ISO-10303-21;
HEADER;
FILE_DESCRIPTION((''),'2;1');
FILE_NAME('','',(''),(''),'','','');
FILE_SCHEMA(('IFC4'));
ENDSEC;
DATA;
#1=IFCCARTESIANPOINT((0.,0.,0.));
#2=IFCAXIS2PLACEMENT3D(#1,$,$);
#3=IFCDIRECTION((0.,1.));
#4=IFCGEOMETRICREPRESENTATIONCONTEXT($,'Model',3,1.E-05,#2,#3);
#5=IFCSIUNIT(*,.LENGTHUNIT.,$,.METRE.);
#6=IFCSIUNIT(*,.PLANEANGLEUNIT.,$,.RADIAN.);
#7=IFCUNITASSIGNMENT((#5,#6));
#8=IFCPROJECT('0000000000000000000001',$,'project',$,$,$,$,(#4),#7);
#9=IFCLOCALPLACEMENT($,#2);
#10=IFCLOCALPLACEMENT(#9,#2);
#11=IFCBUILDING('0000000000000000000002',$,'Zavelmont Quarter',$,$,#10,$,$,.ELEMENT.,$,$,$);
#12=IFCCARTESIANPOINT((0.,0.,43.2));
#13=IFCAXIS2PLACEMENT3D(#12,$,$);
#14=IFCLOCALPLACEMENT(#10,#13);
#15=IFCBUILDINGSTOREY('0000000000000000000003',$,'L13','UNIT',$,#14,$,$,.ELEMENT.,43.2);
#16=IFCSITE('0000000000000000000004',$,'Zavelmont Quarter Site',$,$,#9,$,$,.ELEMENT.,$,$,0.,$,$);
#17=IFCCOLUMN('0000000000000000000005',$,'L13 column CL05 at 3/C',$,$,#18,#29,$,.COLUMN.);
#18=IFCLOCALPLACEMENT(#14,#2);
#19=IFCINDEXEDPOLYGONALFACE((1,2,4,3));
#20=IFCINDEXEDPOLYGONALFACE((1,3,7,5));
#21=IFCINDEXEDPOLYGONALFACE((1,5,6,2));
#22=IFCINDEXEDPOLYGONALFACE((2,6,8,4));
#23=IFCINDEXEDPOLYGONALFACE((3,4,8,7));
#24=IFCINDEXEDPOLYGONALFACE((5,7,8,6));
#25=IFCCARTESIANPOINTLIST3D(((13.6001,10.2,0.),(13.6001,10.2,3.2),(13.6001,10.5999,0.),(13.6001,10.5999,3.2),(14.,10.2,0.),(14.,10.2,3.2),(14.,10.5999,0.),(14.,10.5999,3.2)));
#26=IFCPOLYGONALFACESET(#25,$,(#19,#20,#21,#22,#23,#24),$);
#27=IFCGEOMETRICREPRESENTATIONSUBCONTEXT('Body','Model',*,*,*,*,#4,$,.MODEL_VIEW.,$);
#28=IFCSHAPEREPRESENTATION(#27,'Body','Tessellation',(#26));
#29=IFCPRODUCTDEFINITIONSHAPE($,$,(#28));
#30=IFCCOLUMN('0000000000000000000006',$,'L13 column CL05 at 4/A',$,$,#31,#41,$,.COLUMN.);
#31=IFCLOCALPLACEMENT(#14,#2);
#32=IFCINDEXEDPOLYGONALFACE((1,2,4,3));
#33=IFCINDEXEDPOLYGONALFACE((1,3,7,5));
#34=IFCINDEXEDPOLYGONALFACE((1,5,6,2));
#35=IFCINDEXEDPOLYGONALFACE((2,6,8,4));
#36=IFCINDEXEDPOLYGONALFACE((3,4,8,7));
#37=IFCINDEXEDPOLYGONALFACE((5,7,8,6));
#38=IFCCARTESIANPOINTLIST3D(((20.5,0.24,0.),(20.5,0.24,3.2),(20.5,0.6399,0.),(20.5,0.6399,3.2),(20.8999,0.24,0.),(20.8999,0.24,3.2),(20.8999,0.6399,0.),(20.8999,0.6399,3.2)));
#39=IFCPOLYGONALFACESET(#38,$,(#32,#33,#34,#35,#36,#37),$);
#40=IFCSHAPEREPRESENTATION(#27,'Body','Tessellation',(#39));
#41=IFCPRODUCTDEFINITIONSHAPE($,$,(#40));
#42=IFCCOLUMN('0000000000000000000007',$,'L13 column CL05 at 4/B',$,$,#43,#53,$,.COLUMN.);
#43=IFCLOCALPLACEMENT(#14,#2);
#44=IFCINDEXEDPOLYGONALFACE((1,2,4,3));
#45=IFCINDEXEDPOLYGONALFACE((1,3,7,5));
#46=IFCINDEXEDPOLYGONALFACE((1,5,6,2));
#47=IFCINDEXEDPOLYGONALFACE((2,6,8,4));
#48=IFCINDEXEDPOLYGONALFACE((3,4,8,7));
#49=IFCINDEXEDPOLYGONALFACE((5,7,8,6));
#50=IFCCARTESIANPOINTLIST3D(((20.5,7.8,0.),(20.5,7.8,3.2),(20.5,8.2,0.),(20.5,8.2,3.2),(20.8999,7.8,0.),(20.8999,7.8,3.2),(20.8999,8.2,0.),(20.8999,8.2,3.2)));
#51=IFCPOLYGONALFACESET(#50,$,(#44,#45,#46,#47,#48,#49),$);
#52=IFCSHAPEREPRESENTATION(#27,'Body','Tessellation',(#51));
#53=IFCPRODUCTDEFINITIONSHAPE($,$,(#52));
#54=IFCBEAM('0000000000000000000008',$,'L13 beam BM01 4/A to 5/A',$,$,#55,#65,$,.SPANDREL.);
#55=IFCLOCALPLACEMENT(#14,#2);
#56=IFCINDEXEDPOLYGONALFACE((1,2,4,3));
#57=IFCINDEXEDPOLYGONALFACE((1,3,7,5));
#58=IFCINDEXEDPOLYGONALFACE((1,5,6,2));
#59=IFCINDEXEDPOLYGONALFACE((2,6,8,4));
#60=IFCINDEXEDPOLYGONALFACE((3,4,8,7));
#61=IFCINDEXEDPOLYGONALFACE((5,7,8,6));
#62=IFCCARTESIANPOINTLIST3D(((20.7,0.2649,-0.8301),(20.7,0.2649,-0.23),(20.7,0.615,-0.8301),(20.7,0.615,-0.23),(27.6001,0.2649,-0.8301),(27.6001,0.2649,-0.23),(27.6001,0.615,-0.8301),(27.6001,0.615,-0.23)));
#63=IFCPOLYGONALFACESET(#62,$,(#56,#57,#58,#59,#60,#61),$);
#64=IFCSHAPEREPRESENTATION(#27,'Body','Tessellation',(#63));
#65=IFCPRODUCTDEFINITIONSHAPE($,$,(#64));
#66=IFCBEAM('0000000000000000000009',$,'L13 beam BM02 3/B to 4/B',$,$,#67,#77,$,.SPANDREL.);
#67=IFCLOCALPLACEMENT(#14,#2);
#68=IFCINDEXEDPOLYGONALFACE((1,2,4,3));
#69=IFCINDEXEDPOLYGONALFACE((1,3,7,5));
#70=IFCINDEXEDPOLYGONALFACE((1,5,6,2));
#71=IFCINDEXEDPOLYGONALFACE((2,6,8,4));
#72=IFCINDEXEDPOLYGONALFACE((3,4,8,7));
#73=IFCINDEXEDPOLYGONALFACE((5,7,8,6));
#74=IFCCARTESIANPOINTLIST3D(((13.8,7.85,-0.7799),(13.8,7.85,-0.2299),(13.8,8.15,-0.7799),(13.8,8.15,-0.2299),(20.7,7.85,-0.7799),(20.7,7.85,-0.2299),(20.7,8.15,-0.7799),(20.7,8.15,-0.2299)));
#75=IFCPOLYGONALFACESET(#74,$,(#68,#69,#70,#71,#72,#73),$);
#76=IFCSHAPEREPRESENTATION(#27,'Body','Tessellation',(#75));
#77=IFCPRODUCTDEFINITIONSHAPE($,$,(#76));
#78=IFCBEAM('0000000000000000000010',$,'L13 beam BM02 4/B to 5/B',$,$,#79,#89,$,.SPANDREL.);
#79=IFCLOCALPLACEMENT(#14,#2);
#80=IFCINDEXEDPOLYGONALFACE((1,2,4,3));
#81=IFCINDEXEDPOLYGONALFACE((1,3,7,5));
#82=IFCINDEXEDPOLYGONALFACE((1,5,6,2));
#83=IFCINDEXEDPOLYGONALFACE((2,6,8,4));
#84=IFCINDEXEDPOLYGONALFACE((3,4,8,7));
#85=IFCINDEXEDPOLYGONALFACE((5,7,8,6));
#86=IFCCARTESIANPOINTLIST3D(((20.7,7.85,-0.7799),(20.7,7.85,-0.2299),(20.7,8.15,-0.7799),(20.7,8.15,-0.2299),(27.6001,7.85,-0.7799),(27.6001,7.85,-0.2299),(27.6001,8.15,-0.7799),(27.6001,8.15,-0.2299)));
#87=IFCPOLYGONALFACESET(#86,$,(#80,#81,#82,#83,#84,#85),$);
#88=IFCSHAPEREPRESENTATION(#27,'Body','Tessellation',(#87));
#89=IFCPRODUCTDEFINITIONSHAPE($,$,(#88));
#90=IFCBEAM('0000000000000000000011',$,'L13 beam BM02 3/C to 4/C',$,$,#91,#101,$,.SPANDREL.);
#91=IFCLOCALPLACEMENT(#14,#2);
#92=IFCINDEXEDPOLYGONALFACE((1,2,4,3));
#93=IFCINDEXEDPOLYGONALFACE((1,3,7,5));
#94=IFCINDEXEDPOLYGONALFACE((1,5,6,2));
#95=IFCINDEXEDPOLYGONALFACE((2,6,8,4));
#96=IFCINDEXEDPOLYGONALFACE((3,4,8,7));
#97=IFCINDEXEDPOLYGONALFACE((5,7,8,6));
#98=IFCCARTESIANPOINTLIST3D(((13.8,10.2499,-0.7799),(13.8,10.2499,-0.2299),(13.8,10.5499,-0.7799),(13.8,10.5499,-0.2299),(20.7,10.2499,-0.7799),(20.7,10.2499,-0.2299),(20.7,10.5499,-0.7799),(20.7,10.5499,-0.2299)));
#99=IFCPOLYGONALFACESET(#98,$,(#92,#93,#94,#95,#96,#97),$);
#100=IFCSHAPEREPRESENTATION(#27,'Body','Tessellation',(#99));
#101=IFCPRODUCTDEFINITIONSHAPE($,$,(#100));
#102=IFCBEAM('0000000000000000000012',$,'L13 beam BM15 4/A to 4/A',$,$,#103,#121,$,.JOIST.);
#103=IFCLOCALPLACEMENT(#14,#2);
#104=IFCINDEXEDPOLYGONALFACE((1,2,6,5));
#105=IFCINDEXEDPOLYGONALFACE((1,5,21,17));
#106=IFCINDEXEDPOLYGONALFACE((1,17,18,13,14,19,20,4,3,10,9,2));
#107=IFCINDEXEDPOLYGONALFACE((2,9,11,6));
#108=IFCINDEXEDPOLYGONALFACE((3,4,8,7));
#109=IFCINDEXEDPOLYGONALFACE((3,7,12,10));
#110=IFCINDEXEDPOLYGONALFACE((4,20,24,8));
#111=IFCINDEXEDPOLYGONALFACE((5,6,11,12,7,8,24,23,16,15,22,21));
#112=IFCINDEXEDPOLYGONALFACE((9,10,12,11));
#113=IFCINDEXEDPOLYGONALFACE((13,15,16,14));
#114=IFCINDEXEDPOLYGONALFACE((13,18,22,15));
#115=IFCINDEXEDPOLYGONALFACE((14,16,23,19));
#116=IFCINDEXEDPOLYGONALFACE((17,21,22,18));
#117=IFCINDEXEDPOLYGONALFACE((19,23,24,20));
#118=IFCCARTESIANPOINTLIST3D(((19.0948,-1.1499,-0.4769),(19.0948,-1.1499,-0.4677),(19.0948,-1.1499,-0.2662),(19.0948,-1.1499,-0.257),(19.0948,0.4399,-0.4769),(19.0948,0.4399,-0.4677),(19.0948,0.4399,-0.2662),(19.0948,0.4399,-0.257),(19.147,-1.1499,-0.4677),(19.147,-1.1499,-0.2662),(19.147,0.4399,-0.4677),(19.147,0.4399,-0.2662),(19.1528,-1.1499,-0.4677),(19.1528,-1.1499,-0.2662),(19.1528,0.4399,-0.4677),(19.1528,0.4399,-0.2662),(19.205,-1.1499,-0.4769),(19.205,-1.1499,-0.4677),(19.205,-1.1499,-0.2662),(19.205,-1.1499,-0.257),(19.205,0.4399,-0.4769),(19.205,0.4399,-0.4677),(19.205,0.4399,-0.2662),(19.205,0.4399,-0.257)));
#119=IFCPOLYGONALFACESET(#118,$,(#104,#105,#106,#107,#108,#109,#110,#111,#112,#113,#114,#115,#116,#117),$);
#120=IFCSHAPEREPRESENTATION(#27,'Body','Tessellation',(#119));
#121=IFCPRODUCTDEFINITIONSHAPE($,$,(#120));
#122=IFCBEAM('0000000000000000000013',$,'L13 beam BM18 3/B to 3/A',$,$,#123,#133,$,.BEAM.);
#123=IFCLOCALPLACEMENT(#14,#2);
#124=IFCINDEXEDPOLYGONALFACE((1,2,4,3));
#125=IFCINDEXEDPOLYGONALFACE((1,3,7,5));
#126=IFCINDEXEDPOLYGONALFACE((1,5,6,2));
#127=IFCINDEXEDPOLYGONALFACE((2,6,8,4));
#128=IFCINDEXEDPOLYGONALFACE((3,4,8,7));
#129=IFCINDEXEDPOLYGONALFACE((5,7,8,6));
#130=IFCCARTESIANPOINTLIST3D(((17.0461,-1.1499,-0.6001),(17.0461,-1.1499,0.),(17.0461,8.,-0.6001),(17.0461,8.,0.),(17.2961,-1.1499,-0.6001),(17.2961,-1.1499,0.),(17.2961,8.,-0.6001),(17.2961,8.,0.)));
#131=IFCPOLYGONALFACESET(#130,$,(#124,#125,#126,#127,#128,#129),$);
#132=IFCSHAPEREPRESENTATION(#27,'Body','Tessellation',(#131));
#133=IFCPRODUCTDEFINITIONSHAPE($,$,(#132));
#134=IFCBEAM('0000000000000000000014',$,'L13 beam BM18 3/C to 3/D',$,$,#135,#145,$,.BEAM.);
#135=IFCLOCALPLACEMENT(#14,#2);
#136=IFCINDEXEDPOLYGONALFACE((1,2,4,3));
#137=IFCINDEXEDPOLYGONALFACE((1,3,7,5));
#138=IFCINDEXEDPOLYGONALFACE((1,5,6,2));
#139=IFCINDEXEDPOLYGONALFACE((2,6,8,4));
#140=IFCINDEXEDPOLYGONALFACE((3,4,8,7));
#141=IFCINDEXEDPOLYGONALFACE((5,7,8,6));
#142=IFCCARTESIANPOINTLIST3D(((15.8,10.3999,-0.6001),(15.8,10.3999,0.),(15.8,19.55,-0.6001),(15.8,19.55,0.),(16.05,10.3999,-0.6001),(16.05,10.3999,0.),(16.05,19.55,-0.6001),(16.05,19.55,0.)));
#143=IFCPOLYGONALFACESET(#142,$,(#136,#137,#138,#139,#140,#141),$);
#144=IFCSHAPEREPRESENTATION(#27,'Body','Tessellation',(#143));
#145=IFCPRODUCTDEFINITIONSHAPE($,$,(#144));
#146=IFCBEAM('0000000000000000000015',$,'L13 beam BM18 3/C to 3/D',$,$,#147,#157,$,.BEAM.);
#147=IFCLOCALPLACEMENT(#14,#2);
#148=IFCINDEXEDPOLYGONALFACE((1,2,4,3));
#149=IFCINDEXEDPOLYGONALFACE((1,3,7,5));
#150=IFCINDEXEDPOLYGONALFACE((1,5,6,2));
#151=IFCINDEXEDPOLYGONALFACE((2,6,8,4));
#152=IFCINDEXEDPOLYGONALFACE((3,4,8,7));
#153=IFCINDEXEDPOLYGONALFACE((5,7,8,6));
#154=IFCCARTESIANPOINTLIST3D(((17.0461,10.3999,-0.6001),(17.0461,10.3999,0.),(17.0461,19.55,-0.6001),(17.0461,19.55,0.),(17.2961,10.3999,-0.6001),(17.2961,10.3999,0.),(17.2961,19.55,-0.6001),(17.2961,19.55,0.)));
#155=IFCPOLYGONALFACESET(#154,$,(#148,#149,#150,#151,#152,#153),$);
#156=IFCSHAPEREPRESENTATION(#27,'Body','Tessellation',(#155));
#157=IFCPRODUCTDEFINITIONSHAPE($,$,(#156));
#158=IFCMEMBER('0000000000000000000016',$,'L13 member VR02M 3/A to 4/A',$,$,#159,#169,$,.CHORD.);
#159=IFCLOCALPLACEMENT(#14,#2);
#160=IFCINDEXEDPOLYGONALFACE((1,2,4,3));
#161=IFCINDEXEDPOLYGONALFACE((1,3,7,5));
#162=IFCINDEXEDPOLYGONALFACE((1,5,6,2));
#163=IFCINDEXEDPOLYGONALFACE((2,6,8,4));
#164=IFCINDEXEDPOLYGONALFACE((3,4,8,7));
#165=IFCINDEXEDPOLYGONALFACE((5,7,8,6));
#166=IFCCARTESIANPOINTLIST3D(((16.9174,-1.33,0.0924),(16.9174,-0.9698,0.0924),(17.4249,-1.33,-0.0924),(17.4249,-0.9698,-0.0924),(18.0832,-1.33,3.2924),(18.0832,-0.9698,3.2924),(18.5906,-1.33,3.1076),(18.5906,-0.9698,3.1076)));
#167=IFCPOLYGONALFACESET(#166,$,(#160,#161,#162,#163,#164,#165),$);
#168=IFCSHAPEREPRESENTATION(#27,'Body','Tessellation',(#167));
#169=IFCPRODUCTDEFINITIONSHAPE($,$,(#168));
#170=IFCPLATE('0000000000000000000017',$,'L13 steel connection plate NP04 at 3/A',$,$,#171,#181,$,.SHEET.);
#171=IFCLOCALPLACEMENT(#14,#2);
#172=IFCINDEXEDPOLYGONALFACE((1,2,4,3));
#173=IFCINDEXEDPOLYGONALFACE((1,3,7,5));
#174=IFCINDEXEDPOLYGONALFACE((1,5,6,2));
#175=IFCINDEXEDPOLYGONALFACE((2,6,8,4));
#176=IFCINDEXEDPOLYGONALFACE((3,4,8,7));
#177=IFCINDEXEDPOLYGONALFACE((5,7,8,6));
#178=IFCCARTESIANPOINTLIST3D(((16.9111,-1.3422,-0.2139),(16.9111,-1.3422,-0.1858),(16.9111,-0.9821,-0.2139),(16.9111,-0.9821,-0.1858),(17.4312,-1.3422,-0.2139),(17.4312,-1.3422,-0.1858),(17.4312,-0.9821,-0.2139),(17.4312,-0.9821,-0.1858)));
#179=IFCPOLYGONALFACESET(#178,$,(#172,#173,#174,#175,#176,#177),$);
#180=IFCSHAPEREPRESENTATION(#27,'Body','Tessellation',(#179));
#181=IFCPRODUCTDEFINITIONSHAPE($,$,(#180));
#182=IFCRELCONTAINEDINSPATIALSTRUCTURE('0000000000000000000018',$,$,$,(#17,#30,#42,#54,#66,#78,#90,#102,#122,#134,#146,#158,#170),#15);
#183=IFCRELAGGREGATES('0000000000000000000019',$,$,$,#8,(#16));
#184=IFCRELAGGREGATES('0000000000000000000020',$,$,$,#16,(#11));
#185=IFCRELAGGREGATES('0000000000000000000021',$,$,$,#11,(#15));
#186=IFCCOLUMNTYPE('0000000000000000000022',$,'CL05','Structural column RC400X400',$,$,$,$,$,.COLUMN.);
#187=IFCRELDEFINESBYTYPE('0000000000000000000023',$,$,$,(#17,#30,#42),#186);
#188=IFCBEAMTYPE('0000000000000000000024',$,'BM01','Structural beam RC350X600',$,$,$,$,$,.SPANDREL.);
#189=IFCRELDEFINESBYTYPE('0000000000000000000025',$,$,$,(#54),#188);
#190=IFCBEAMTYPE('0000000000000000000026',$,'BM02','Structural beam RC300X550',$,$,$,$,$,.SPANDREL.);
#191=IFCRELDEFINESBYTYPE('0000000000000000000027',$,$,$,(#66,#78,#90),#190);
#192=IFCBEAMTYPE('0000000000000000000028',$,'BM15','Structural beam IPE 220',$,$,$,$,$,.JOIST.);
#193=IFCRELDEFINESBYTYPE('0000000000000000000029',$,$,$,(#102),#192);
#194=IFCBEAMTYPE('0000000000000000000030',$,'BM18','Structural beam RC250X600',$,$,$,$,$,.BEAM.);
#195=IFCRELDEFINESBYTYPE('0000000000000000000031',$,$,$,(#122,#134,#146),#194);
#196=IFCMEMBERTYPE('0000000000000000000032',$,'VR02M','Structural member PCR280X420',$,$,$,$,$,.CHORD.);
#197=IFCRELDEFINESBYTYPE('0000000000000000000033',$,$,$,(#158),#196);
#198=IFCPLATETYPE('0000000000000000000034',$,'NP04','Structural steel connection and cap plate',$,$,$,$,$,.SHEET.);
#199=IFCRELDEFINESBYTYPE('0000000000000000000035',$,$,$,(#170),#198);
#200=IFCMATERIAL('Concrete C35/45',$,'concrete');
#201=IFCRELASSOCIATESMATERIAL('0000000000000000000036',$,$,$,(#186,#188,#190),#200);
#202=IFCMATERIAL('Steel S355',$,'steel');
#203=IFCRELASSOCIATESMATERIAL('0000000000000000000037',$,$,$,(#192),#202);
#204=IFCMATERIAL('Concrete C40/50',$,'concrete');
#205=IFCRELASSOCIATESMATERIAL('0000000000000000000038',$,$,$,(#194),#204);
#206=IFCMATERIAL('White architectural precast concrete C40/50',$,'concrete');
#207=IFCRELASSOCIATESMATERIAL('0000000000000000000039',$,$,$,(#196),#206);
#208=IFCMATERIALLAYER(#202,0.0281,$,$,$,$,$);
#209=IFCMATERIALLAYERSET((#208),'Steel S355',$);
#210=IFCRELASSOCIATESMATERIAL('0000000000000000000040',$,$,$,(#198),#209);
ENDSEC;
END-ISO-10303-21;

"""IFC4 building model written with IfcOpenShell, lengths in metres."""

from ifc_helpers import new_model, si_unit, direction, frame, origin, origin_2d, place, context, subcontext, project, spatial, rectangle, i_section, extrude, material, layer, layer_set, material_profile, profile_set, type_object, element, save


model = new_model("IFC4")

# Units and contexts
model_context = context("Model", 3, precision=1e-05, world=origin(), true_north=direction((0.0, 1.0)))
body_context = subcontext(model_context, "Body", "Model", "MODEL_VIEW")
ifc_project = project(units=[si_unit("LENGTHUNIT", "METRE"), si_unit("PLANEANGLEUNIT", "RADIAN")], contexts=[model_context])

# Site, building, storey
site_placement = place(None, origin())
site = spatial("IfcSite", under=ifc_project, at=site_placement, Name="Zavelmont Quarter Site", CompositionType="ELEMENT", RefElevation=0.0)
building_placement = place(site_placement, origin())
building = spatial("IfcBuilding", under=site, at=building_placement, Name="Zavelmont Quarter", CompositionType="ELEMENT")
storey_placement = place(building_placement, frame((0.0, 0.0, 43.2)))
storey = spatial("IfcBuildingStorey", under=building, at=storey_placement, Name="L13", Description="UNIT", CompositionType="ELEMENT", Elevation=43.2)

# Columns
ifc_material_1 = material(Name="Concrete C35/45", Category="concrete")
ifc_material_profile_1 = material_profile(ifc_material_1, rectangle(XDim=0.3999, YDim=0.3999, at=origin_2d()), Name="RC400X400")
ifc_profile_set_1 = profile_set([ifc_material_profile_1], Name="Concrete C35/45")
column_type = type_object("IfcColumnType", Name="CL05", Description="Structural column RC400X400", PredefinedType="COLUMN", material=ifc_profile_set_1)
for number, where, z_axis, x_axis, name in (
    (1, (13.8, 10.3999, 0.0), (0.0, 0.0, 1.0), (1.0, 0.0, 0.0), "L13 column CL05 at 3/C"),
    (2, (20.7, 0.4399, 0.0), (0.0, 0.0, 1.0), (1.0, 0.0, 0.0), "L13 column CL05 at 4/A"),
    (3, (20.7, 8.0, 0.0), (0.0, 0.0, 1.0), (1.0, 0.0, 0.0), "L13 column CL05 at 4/B"),
):
    element("IfcColumn", number, at=place(storey_placement, frame(where, z_axis=z_axis, x_axis=x_axis)), inside=storey, type_object=column_type, Name=name, PredefinedType="COLUMN", context=body_context, shape_type="SweptSolid", body=[
        extrude(rectangle(XDim=0.3999, YDim=0.3999, at=origin_2d()), origin(), (0.0, 0.0, 1.0), 3.2),
    ])

# Beams
ifc_material_profile_2 = material_profile(ifc_material_1, rectangle(XDim=0.3501, YDim=0.6001, at=origin_2d()), Name="RC350X600")
ifc_profile_set_2 = profile_set([ifc_material_profile_2], Name="Concrete C35/45")
beam_type_1 = type_object("IfcBeamType", Name="BM01", Description="Structural beam RC350X600", PredefinedType="SPANDREL", material=ifc_profile_set_2)
beam_1_placement = place(storey_placement, frame((20.7, 0.4399, -0.53), z_axis=(1.0, 0.0, 0.0), x_axis=(0.0, 1.0, 0.0)))
element("IfcBeam", 4, at=beam_1_placement, inside=storey, type_object=beam_type_1, Name="L13 beam BM01 4/A to 5/A", PredefinedType="SPANDREL", context=body_context, shape_type="SweptSolid", body=[
    extrude(rectangle(XDim=0.3501, YDim=0.6001, at=origin_2d()), origin(), (0.0, 0.0, 1.0), 6.9001),
])
ifc_material_profile_3 = material_profile(ifc_material_1, rectangle(XDim=0.3, YDim=0.55, at=origin_2d()), Name="RC300X550")
ifc_profile_set_3 = profile_set([ifc_material_profile_3], Name="Concrete C35/45")
beam_type_2 = type_object("IfcBeamType", Name="BM02", Description="Structural beam RC300X550", PredefinedType="SPANDREL", material=ifc_profile_set_3)
beam_2_placement = place(storey_placement, frame((13.8, 8.0, -0.5049), z_axis=(1.0, 0.0, 0.0), x_axis=(0.0, 1.0, 0.0)))
element("IfcBeam", 5, at=beam_2_placement, inside=storey, type_object=beam_type_2, Name="L13 beam BM02 3/B to 4/B", PredefinedType="SPANDREL", context=body_context, shape_type="SweptSolid", body=[
    extrude(rectangle(XDim=0.3, YDim=0.55, at=origin_2d()), origin(), (0.0, 0.0, 1.0), 6.8999),
])
beam_3_placement = place(storey_placement, frame((20.7, 8.0, -0.5049), z_axis=(1.0, 0.0, 0.0), x_axis=(0.0, 1.0, 0.0)))
element("IfcBeam", 6, at=beam_3_placement, inside=storey, type_object=beam_type_2, Name="L13 beam BM02 4/B to 5/B", PredefinedType="SPANDREL", context=body_context, shape_type="SweptSolid", body=[
    extrude(rectangle(XDim=0.3, YDim=0.55, at=origin_2d()), origin(), (0.0, 0.0, 1.0), 6.9001),
])
beam_4_placement = place(storey_placement, frame((13.8, 10.3999, -0.5049), z_axis=(1.0, 0.0, 0.0), x_axis=(0.0, 1.0, 0.0)))
element("IfcBeam", 7, at=beam_4_placement, inside=storey, type_object=beam_type_2, Name="L13 beam BM02 3/C to 4/C", PredefinedType="SPANDREL", context=body_context, shape_type="SweptSolid", body=[
    extrude(rectangle(XDim=0.3, YDim=0.55, at=origin_2d()), origin(), (0.0, 0.0, 1.0), 6.8999),
])
ifc_material_2 = material(Name="Steel S355", Category="steel")
ifc_material_profile_4 = material_profile(ifc_material_2, i_section(OverallWidth=0.1101, OverallDepth=0.22, WebThickness=0.0059, FlangeThickness=0.0093, at=origin_2d()), Name="IPE 220")
ifc_profile_set_4 = profile_set([ifc_material_profile_4], Name="Steel S355")
beam_type_3 = type_object("IfcBeamType", Name="BM15", Description="Structural beam IPE 220", PredefinedType="JOIST", material=ifc_profile_set_4)
beam_5_placement = place(storey_placement, frame((19.1499, 0.4399, -0.3669), z_axis=(0.0, -1.0, 0.0), x_axis=(1.0, 0.0, 0.0)))
element("IfcBeam", 8, at=beam_5_placement, inside=storey, type_object=beam_type_3, Name="L13 beam BM15 4/A to 4/A", PredefinedType="JOIST", context=body_context, shape_type="SweptSolid", body=[
    extrude(i_section(OverallWidth=0.1101, OverallDepth=0.22, WebThickness=0.0059, FlangeThickness=0.0093, at=origin_2d()), origin(), (0.0, 0.0, 1.0), 1.5898),
])
ifc_material_3 = material(Name="Concrete C40/50", Category="concrete")
ifc_material_profile_5 = material_profile(ifc_material_3, rectangle(XDim=0.25, YDim=0.6001, at=origin_2d()), Name="RC250X600")
ifc_profile_set_5 = profile_set([ifc_material_profile_5], Name="Concrete C40/50")
beam_type_4 = type_object("IfcBeamType", Name="BM18", Description="Structural beam RC250X600", PredefinedType="BEAM", material=ifc_profile_set_5)
beam_6_placement = place(storey_placement, frame((17.1711, 8.0, -0.3), z_axis=(0.0, -1.0, 0.0), x_axis=(1.0, 0.0, 0.0)))
element("IfcBeam", 9, at=beam_6_placement, inside=storey, type_object=beam_type_4, Name="L13 beam BM18 3/B to 3/A", PredefinedType="BEAM", context=body_context, shape_type="SweptSolid", body=[
    extrude(rectangle(XDim=0.25, YDim=0.6001, at=origin_2d()), origin(), (0.0, 0.0, 1.0), 9.1499),
])
for number, where, z_axis, x_axis, name in (
    (10, (15.925, 10.3999, -0.3), (0.0, 1.0, 0.0), (-1.0, 0.0, 0.0), "L13 beam BM18 3/C to 3/D"),
    (11, (17.1711, 10.3999, -0.3), (0.0, 1.0, 0.0), (-1.0, 0.0, 0.0), "L13 beam BM18 3/C to 3/D"),
):
    element("IfcBeam", number, at=place(storey_placement, frame(where, z_axis=z_axis, x_axis=x_axis)), inside=storey, type_object=beam_type_4, Name=name, PredefinedType="BEAM", context=body_context, shape_type="SweptSolid", body=[
        extrude(rectangle(XDim=0.25, YDim=0.6001, at=origin_2d()), origin(), (0.0, 0.0, 1.0), 9.1501),
    ])

# Member
ifc_material_4 = material(Name="White architectural precast concrete C40/50", Category="concrete")
ifc_material_profile_6 = material_profile(ifc_material_4, rectangle(XDim=0.3601, YDim=0.54, at=origin_2d()), Name="PCR280X420")
ifc_profile_set_6 = profile_set([ifc_material_profile_6], Name="White architectural precast concrete C40/50")
member_type = type_object("IfcMemberType", Name="VR02M", Description="Structural member PCR280X420", PredefinedType="CHORD", material=ifc_profile_set_6)
member_placement = place(storey_placement, frame((17.1711, -1.1499, 0.0), z_axis=(0.342301, 0.0, 0.93959), x_axis=(0.0, 1.0, 0.0)))
element("IfcMember", 12, at=member_placement, inside=storey, type_object=member_type, Name="L13 member VR02M 3/A to 4/A", PredefinedType="CHORD", context=body_context, shape_type="SweptSolid", body=[
    extrude(rectangle(XDim=0.3601, YDim=0.54, at=origin_2d()), origin(), (0.0, 0.0, 1.0), 3.4058),
])

# Plate
ifc_layer_1 = layer(ifc_material_2, 0.0281)
ifc_layer_set_1 = layer_set([ifc_layer_1], Name="Steel S355")
plate_type = type_object("IfcPlateType", Name="NP04", Description="Structural steel connection and cap plate", PredefinedType="SHEET", material=ifc_layer_set_1)
plate_placement = place(storey_placement, frame((17.1711, -1.1621, -0.2139), z_axis=(0.0, 0.0, 1.0), x_axis=(1.0, 0.0, 0.0)))
element("IfcPlate", 13, at=plate_placement, inside=storey, type_object=plate_type, Name="L13 steel connection plate NP04 at 3/A", PredefinedType="SHEET", context=body_context, shape_type="SweptSolid", body=[
    extrude(rectangle(XDim=0.52, YDim=0.3601, at=origin_2d()), origin(), (0.0, 0.0, 1.0), 0.0281),
])

save(model, "model.ifc")
